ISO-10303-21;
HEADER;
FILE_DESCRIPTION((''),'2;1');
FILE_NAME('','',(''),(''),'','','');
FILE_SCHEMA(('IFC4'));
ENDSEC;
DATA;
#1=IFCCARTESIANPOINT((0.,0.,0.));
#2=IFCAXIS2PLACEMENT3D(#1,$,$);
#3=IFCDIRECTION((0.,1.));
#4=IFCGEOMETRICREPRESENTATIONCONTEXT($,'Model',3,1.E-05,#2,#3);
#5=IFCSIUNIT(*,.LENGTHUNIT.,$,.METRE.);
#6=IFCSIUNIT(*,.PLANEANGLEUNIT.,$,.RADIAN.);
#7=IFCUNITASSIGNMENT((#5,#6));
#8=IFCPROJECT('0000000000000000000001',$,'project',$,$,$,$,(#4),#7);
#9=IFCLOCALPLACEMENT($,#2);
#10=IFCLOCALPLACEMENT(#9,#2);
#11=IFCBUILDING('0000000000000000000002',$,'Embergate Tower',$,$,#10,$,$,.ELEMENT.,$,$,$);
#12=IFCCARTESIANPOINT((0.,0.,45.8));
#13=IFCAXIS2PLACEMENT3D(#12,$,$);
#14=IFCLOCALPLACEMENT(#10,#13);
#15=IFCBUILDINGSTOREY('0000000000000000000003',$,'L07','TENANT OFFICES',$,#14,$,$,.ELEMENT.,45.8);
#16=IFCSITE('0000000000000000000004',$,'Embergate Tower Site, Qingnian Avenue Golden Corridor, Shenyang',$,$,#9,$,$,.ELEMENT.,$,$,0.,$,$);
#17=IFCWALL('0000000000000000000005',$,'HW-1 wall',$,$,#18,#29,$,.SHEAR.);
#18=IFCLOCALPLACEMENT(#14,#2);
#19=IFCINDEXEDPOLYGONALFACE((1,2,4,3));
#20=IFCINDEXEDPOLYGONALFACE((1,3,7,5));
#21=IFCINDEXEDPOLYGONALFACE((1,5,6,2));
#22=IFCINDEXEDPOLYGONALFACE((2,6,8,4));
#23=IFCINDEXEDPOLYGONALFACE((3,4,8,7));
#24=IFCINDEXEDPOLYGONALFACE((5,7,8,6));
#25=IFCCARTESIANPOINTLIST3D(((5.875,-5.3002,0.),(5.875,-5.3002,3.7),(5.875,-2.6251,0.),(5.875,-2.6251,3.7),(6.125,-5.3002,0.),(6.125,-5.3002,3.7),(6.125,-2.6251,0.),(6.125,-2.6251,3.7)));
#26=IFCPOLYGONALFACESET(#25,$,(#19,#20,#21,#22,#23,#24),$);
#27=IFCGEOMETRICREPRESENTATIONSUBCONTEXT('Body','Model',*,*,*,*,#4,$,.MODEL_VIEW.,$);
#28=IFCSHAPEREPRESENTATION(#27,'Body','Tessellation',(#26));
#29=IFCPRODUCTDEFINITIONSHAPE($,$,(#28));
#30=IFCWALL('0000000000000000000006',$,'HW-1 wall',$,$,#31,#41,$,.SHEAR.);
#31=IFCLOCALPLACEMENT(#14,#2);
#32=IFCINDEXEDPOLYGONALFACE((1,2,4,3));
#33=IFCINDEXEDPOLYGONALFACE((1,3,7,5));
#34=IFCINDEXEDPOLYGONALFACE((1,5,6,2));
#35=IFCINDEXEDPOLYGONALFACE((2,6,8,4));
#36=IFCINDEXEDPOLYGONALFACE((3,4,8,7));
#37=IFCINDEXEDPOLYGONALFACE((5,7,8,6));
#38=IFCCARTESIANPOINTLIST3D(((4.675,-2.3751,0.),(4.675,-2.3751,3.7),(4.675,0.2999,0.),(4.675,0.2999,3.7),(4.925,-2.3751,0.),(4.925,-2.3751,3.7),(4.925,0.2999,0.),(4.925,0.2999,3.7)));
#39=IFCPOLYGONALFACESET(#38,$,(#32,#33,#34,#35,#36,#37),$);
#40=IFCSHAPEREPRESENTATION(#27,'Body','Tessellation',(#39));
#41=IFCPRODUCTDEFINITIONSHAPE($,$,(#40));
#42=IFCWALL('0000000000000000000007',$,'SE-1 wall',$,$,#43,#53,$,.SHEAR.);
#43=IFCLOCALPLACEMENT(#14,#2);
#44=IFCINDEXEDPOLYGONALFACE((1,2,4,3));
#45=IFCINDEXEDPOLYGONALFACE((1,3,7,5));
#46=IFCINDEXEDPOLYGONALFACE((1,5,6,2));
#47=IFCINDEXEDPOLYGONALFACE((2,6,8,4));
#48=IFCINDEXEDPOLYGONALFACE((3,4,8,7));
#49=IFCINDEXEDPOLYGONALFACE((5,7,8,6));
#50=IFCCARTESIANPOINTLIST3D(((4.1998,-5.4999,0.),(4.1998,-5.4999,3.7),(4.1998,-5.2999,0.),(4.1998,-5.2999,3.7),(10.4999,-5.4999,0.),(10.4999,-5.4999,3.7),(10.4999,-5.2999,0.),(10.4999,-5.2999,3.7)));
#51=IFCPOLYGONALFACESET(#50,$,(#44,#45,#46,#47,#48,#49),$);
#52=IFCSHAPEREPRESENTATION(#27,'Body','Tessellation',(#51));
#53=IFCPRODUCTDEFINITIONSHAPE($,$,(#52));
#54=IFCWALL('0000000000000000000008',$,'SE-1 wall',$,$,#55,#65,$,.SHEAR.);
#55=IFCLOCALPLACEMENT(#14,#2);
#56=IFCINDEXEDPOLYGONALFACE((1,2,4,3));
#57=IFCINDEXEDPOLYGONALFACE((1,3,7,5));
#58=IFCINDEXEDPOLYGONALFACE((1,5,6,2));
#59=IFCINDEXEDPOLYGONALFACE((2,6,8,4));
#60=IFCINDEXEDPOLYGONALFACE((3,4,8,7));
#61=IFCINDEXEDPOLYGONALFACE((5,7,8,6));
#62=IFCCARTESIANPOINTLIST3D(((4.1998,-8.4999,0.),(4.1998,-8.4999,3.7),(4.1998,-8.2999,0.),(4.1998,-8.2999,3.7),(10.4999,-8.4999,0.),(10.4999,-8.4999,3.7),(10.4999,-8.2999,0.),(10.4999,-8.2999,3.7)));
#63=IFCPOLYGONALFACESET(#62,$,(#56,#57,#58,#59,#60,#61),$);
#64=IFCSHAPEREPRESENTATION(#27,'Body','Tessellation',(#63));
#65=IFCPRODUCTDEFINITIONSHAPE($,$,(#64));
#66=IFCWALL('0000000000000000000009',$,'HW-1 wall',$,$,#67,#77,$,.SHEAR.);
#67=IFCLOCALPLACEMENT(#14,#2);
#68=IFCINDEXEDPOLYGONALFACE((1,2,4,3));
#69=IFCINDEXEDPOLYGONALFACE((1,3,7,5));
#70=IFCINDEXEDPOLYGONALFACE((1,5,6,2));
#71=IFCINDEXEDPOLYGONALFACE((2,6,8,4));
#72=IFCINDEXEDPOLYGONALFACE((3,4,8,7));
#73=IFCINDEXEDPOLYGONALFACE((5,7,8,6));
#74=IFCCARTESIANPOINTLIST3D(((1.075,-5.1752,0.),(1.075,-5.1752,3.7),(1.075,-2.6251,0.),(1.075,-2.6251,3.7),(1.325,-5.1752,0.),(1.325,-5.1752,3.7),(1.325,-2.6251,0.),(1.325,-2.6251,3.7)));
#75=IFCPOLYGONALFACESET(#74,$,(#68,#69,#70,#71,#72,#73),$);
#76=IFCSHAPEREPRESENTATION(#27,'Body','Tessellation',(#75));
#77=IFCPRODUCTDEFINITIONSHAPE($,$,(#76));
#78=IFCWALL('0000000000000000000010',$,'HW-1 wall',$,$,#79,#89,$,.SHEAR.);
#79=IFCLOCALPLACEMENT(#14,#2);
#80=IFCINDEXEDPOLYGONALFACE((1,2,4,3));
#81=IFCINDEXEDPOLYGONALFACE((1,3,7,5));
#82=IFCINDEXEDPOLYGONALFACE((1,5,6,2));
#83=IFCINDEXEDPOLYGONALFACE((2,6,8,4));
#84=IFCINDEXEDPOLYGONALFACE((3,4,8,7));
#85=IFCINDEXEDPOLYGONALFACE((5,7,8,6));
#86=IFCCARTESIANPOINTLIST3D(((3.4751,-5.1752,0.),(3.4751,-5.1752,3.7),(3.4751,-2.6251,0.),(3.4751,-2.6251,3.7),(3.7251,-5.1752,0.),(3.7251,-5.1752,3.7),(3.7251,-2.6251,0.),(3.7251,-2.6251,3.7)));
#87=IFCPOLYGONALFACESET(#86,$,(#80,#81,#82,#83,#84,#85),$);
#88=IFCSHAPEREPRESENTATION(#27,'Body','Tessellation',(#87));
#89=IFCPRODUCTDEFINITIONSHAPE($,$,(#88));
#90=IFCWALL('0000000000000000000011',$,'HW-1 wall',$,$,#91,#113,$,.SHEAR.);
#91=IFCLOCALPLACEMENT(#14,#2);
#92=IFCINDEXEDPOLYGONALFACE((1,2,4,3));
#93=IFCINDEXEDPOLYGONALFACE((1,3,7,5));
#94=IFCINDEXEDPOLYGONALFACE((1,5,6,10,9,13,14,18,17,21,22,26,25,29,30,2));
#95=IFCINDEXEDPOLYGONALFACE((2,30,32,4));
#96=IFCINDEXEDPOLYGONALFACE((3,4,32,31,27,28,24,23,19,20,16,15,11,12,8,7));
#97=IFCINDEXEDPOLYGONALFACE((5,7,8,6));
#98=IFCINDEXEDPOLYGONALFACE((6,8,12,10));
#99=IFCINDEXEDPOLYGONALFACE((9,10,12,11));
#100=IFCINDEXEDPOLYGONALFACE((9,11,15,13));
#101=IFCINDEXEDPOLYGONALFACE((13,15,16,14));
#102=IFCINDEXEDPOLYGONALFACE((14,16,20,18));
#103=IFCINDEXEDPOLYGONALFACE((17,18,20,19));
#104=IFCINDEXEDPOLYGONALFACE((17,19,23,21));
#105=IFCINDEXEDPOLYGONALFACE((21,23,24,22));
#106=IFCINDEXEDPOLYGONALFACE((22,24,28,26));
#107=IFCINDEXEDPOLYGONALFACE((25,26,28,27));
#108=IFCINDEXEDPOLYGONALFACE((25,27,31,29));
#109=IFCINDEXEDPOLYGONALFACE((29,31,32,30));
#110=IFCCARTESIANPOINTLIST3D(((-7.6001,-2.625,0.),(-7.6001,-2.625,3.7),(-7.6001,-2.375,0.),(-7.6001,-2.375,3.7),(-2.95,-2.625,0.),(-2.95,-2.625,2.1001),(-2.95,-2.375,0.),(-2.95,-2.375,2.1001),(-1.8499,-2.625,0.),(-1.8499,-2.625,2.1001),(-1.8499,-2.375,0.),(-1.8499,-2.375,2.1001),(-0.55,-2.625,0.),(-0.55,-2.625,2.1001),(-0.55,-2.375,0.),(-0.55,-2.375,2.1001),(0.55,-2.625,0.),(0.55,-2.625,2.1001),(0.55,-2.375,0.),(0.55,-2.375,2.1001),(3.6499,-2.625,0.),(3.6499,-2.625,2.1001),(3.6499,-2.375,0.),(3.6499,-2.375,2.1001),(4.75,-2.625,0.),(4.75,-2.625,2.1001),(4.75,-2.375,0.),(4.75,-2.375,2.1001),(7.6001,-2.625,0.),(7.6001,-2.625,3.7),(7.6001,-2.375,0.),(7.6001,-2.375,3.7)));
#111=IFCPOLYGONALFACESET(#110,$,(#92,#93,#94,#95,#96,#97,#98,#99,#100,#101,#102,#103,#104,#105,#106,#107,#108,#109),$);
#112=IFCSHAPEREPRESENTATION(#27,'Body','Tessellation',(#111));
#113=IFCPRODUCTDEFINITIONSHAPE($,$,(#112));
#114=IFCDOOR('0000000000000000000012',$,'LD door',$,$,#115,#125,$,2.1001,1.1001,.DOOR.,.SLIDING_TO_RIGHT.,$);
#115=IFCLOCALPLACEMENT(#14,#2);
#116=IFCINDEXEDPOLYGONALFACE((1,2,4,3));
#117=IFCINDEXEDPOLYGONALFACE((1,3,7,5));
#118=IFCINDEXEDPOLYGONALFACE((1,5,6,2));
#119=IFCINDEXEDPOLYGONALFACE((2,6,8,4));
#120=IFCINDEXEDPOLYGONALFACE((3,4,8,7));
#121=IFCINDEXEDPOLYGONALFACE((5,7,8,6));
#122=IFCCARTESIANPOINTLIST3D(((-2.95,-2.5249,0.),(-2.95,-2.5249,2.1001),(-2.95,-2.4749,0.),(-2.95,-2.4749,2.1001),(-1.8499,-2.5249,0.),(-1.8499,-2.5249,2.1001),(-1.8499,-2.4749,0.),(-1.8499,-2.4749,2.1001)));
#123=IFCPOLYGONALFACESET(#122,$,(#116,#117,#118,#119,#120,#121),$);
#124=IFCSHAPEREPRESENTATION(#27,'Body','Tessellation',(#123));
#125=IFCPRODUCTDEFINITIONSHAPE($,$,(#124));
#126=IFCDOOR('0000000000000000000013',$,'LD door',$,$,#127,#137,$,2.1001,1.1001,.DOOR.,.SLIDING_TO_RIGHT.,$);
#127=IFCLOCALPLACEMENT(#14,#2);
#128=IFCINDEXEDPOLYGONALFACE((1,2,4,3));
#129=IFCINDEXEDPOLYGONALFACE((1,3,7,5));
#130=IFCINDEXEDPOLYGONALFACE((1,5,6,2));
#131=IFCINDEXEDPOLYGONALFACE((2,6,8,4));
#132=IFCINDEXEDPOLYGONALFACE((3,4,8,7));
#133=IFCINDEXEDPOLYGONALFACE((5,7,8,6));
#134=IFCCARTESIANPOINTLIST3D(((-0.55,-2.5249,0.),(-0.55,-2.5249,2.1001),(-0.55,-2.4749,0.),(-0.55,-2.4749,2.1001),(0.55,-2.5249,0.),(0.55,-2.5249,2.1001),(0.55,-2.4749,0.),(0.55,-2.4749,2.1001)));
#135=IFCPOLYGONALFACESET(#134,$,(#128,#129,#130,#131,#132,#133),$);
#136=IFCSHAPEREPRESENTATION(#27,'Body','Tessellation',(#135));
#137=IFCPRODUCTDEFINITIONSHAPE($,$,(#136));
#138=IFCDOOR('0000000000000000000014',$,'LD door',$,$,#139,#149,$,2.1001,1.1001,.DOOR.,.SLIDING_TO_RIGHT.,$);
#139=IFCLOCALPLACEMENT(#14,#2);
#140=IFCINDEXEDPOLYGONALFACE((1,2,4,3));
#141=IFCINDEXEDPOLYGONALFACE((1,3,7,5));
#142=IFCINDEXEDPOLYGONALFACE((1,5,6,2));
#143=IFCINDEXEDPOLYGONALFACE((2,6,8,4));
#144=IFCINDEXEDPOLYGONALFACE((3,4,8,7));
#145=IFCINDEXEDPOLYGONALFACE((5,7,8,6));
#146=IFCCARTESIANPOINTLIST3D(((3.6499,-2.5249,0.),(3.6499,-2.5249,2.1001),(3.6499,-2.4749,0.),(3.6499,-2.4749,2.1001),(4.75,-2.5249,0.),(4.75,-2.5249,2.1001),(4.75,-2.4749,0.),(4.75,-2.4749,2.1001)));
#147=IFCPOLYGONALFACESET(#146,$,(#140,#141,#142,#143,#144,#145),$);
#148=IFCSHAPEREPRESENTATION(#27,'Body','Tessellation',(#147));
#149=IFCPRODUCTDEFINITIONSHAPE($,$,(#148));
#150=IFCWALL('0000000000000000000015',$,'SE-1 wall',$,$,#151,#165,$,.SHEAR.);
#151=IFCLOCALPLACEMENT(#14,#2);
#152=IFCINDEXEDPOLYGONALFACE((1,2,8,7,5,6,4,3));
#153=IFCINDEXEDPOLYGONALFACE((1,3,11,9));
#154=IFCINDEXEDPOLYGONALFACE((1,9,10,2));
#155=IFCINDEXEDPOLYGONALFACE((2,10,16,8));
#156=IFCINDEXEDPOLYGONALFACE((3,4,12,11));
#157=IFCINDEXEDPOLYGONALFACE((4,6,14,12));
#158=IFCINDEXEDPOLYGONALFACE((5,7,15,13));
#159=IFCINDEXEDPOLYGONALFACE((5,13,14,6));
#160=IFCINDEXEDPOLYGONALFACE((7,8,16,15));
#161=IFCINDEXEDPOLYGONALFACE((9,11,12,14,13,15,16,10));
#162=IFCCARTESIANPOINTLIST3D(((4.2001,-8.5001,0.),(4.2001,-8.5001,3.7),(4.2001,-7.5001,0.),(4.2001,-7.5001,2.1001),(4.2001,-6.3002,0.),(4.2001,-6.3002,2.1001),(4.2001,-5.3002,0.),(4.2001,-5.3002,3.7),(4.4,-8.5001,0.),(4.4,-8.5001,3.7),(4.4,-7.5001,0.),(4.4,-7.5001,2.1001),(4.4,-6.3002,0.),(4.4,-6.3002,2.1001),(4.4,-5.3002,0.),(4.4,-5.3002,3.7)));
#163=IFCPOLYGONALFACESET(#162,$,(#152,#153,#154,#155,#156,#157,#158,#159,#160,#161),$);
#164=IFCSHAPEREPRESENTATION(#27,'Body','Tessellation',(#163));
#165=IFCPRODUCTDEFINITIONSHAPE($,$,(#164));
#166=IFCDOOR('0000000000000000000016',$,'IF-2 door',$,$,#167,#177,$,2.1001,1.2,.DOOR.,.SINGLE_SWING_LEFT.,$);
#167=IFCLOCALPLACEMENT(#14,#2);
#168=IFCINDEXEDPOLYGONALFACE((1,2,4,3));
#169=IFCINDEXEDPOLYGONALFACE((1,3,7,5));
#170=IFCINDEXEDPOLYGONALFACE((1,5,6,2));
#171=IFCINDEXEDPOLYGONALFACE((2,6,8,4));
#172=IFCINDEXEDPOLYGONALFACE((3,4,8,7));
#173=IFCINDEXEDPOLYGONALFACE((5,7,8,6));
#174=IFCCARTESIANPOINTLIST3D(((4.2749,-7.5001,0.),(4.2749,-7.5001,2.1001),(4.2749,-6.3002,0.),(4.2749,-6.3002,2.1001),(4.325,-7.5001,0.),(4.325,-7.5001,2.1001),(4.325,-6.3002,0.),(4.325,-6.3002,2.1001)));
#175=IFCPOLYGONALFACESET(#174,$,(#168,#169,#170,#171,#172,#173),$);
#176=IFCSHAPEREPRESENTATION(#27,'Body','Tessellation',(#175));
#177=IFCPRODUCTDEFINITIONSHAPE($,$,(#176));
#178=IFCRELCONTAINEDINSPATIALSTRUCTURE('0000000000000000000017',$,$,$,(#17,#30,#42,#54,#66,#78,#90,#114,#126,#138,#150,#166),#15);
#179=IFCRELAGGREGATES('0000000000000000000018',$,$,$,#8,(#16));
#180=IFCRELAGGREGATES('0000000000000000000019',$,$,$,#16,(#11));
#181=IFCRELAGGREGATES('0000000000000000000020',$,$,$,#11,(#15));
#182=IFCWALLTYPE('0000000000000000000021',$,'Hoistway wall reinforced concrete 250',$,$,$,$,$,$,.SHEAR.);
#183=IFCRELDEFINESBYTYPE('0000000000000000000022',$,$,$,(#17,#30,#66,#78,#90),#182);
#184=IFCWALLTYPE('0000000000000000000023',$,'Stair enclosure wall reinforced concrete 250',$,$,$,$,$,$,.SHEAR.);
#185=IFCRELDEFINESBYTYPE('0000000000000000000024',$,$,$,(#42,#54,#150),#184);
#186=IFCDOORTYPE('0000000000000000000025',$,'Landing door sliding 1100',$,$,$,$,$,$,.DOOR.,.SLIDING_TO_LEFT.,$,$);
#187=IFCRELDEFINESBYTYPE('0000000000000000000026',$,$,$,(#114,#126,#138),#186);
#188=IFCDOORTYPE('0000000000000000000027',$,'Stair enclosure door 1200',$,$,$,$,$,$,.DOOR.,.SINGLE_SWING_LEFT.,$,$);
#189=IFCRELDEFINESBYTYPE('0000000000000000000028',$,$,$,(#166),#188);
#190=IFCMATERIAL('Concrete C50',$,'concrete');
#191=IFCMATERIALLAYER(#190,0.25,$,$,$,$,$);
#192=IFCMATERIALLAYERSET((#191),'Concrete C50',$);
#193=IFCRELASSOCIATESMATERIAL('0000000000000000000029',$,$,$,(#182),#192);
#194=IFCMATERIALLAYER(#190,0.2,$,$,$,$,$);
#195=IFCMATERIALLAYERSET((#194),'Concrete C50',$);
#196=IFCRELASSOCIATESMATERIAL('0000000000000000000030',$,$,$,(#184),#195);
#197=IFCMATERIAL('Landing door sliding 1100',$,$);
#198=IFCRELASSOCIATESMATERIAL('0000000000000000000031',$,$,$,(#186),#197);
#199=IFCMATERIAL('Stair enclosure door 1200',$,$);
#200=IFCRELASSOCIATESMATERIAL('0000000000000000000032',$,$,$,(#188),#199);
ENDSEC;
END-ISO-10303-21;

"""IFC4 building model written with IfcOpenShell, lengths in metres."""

from ifc_helpers import new_model, si_unit, direction, frame, frame_2d, origin, place, context, subcontext, project, spatial, rectangle, extrude, source, transform, mapped, material, layer, layer_set, type_object, element, fill, save


model = new_model("IFC4")

# Units and contexts
model_context = context("Model", 3, precision=1e-05, world=origin(), true_north=direction((0.0, 1.0)))
body_context = subcontext(model_context, "Body", "Model", "MODEL_VIEW")
ifc_project = project(units=[si_unit("LENGTHUNIT", "METRE"), si_unit("PLANEANGLEUNIT", "RADIAN")], contexts=[model_context])

# Site, building, storey
site_placement = place(None, origin())
site = spatial("IfcSite", under=ifc_project, at=site_placement, Name="Embergate Tower Site, Qingnian Avenue Golden Corridor, Shenyang", CompositionType="ELEMENT", RefElevation=0.0)
building_placement = place(site_placement, origin())
building = spatial("IfcBuilding", under=site, at=building_placement, Name="Embergate Tower", CompositionType="ELEMENT")
storey_placement = place(building_placement, frame((0.0, 0.0, 45.8)))
storey = spatial("IfcBuildingStorey", under=building, at=storey_placement, Name="L07", Description="TENANT OFFICES", CompositionType="ELEMENT", Elevation=45.8)

# Walls
ifc_material_1 = material(Name="Concrete C50", Category="concrete")
ifc_layer_1 = layer(ifc_material_1, 0.25)
ifc_layer_set_1 = layer_set([ifc_layer_1], Name="Concrete C50")
wall_type_1 = type_object("IfcWallType", Name="Hoistway wall reinforced concrete 250", PredefinedType="SHEAR", material=ifc_layer_set_1)
shared_shape_1 = source(origin(), body_context, "Body", "SweptSolid", [
    extrude(rectangle(XDim=2.675, YDim=0.25, at=frame_2d((1.3374, 0.0))), origin(), (0.0, 0.0, 1.0), 3.7),
])
for number, where, z_axis, x_axis, name in (
    (1, (6.0, -5.3, 0.0), (0.0, 0.0, 1.0), (0.0, 1.0, 0.0), "HW-1 wall"),
    (2, (4.8, -2.375, 0.0), (0.0, 0.0, 1.0), (0.0, 1.0, 0.0), "HW-1 wall"),
):
    element("IfcWall", number, at=place(storey_placement, frame(where, z_axis=z_axis, x_axis=x_axis)), inside=storey, type_object=wall_type_1, Name=name, PredefinedType="SHEAR", context=body_context, shape_type="MappedRepresentation", body=[
        mapped(shared_shape_1, transform((0.0, 0.0, 0.0))),
    ])
ifc_layer_2 = layer(ifc_material_1, 0.2)
ifc_layer_set_2 = layer_set([ifc_layer_2], Name="Concrete C50")
wall_type_2 = type_object("IfcWallType", Name="Stair enclosure wall reinforced concrete 250", PredefinedType="SHEAR", material=ifc_layer_set_2)
shared_shape_2 = source(origin(), body_context, "Body", "SweptSolid", [
    extrude(rectangle(XDim=6.3, YDim=0.2, at=frame_2d((3.1499, 0.0))), origin(), (0.0, 0.0, 1.0), 3.7),
])
for number, where, z_axis, x_axis, name in (
    (3, (4.2, -5.3999, 0.0), (0.0, 0.0, 1.0), (1.0, 0.0, 0.0), "SE-1 wall"),
    (4, (4.2, -8.3999, 0.0), (0.0, 0.0, 1.0), (1.0, 0.0, 0.0), "SE-1 wall"),
):
    element("IfcWall", number, at=place(storey_placement, frame(where, z_axis=z_axis, x_axis=x_axis)), inside=storey, type_object=wall_type_2, Name=name, PredefinedType="SHEAR", context=body_context, shape_type="MappedRepresentation", body=[
        mapped(shared_shape_2, transform((0.0, 0.0, 0.0))),
    ])
shared_shape_3 = source(origin(), body_context, "Body", "SweptSolid", [
    extrude(rectangle(XDim=2.55, YDim=0.25, at=frame_2d((1.2749, 0.0))), origin(), (0.0, 0.0, 1.0), 3.7),
])
for number, where, z_axis, x_axis, name in (
    (5, (1.2, -5.175, 0.0), (0.0, 0.0, 1.0), (0.0, 1.0, 0.0), "HW-1 wall"),
    (6, (3.6001, -5.175, 0.0), (0.0, 0.0, 1.0), (0.0, 1.0, 0.0), "HW-1 wall"),
):
    element("IfcWall", number, at=place(storey_placement, frame(where, z_axis=z_axis, x_axis=x_axis)), inside=storey, type_object=wall_type_1, Name=name, PredefinedType="SHEAR", context=body_context, shape_type="MappedRepresentation", body=[
        mapped(shared_shape_3, transform((0.0, 0.0, 0.0))),
    ])

# Wall, openings, doors
shared_shape_4 = source(origin(), body_context, "Body", "SweptSolid", [
    extrude(rectangle(XDim=15.2002, YDim=0.25, at=frame_2d((7.6001, 0.0))), origin(), (0.0, 0.0, 1.0), 3.7),
])
wall_1_placement = place(storey_placement, frame((7.6001, -2.5, 0.0), z_axis=(0.0, 0.0, 1.0), x_axis=(-1.0, 0.0, 0.0)))
wall_1 = element("IfcWall", 7, at=wall_1_placement, inside=storey, type_object=wall_type_1, Name="HW-1 wall", PredefinedType="SHEAR", context=body_context, shape_type="MappedRepresentation", body=[
    mapped(shared_shape_4, transform((0.0, 0.0, 0.0))),
])
shared_shape_5 = source(origin(), body_context, "Body", "SweptSolid", [
    extrude(rectangle(XDim=1.1001, YDim=2.1001, at=frame_2d((0.55, 1.05))), frame((0.0, 0.135, 0.0), z_axis=(0.0, -1.0, 0.0), x_axis=(1.0, 0.0, 0.0)), (0.0, 0.0, 1.0), 0.27),
])
opening_1_placement = place(wall_1_placement, frame((9.45, 0.0, 0.0)))
opening_1 = element("IfcOpeningElement", 8, at=opening_1_placement, cuts=wall_1, PredefinedType="OPENING", context=body_context, shape_type="MappedRepresentation", body=[
    mapped(shared_shape_5, transform((0.0, 0.0, 0.0))),
])
opening_2_placement = place(wall_1_placement, frame((7.05, 0.0, 0.0)))
opening_2 = element("IfcOpeningElement", 9, at=opening_2_placement, cuts=wall_1, PredefinedType="OPENING", context=body_context, shape_type="MappedRepresentation", body=[
    mapped(shared_shape_5, transform((0.0, 0.0, 0.0))),
])
opening_3_placement = place(wall_1_placement, frame((2.8501, 0.0, 0.0)))
opening_3 = element("IfcOpeningElement", 10, at=opening_3_placement, cuts=wall_1, PredefinedType="OPENING", context=body_context, shape_type="MappedRepresentation", body=[
    mapped(shared_shape_5, transform((0.0, 0.0, 0.0))),
])
ifc_material_2 = material(Name="Landing door sliding 1100")
door_type_1 = type_object("IfcDoorType", Name="Landing door sliding 1100", OperationType="SLIDING_TO_LEFT", PredefinedType="DOOR", material=ifc_material_2)
shared_shape_6 = source(origin(), body_context, "Body", "SweptSolid", [
    extrude(rectangle(XDim=1.1001, YDim=2.1001, at=frame_2d((0.55, 1.05))), frame((0.0, 0.0249, 0.0), z_axis=(0.0, -1.0, 0.0), x_axis=(1.0, 0.0, 0.0)), (0.0, 0.0, 1.0), 0.05),
])
door_1_placement = place(opening_1_placement, origin())
door_1 = element("IfcDoor", 11, at=door_1_placement, inside=storey, type_object=door_type_1, Name="LD door", OperationType="SLIDING_TO_RIGHT", OverallHeight=2.1001, OverallWidth=1.1001, PredefinedType="DOOR", context=body_context, shape_type="MappedRepresentation", body=[
    mapped(shared_shape_6, transform((0.0, 0.0, 0.0))),
])
fill(opening_1, door_1)
door_2_placement = place(opening_2_placement, origin())
door_2 = element("IfcDoor", 12, at=door_2_placement, inside=storey, type_object=door_type_1, Name="LD door", OperationType="SLIDING_TO_RIGHT", OverallHeight=2.1001, OverallWidth=1.1001, PredefinedType="DOOR", context=body_context, shape_type="MappedRepresentation", body=[
    mapped(shared_shape_6, transform((0.0, 0.0, 0.0))),
])
fill(opening_2, door_2)
door_3_placement = place(opening_3_placement, origin())
door_3 = element("IfcDoor", 13, at=door_3_placement, inside=storey, type_object=door_type_1, Name="LD door", OperationType="SLIDING_TO_RIGHT", OverallHeight=2.1001, OverallWidth=1.1001, PredefinedType="DOOR", context=body_context, shape_type="MappedRepresentation", body=[
    mapped(shared_shape_6, transform((0.0, 0.0, 0.0))),
])
fill(opening_3, door_3)

# Wall, opening, door
shared_shape_7 = source(origin(), body_context, "Body", "SweptSolid", [
    extrude(rectangle(XDim=3.2, YDim=0.2, at=frame_2d((1.6001, 0.0))), origin(), (0.0, 0.0, 1.0), 3.7),
])
wall_2_placement = place(storey_placement, frame((4.3, -5.3, 0.0), z_axis=(0.0, 0.0, 1.0), x_axis=(0.0, -1.0, 0.0)))
wall_2 = element("IfcWall", 14, at=wall_2_placement, inside=storey, type_object=wall_type_2, Name="SE-1 wall", PredefinedType="SHEAR", context=body_context, shape_type="MappedRepresentation", body=[
    mapped(shared_shape_7, transform((0.0, 0.0, 0.0))),
])
shared_shape_8 = source(origin(), body_context, "Body", "SweptSolid", [
    extrude(rectangle(XDim=1.2, YDim=2.1001, at=frame_2d((0.6001, 1.05))), frame((0.0, 0.1099, 0.0), z_axis=(0.0, -1.0, 0.0), x_axis=(1.0, 0.0, 0.0)), (0.0, 0.0, 1.0), 0.22),
])
opening_4_placement = place(wall_2_placement, frame((1.0, 0.0, 0.0)))
opening_4 = element("IfcOpeningElement", 15, at=opening_4_placement, cuts=wall_2, PredefinedType="OPENING", context=body_context, shape_type="MappedRepresentation", body=[
    mapped(shared_shape_8, transform((0.0, 0.0, 0.0))),
])
ifc_material_3 = material(Name="Stair enclosure door 1200")
door_type_2 = type_object("IfcDoorType", Name="Stair enclosure door 1200", OperationType="SINGLE_SWING_LEFT", PredefinedType="DOOR", material=ifc_material_3)
shared_shape_9 = source(origin(), body_context, "Body", "SweptSolid", [
    extrude(rectangle(XDim=1.2, YDim=2.1001, at=frame_2d((0.6001, 1.05))), frame((0.0, 0.0249, 0.0), z_axis=(0.0, -1.0, 0.0), x_axis=(1.0, 0.0, 0.0)), (0.0, 0.0, 1.0), 0.05),
])
door_4_placement = place(opening_4_placement, origin())
door_4 = element("IfcDoor", 16, at=door_4_placement, inside=storey, type_object=door_type_2, Name="IF-2 door", OperationType="SINGLE_SWING_LEFT", OverallHeight=2.1001, OverallWidth=1.2, PredefinedType="DOOR", context=body_context, shape_type="MappedRepresentation", body=[
    mapped(shared_shape_9, transform((0.0, 0.0, 0.0))),
])
fill(opening_4, door_4)

save(model, "model.ifc")
